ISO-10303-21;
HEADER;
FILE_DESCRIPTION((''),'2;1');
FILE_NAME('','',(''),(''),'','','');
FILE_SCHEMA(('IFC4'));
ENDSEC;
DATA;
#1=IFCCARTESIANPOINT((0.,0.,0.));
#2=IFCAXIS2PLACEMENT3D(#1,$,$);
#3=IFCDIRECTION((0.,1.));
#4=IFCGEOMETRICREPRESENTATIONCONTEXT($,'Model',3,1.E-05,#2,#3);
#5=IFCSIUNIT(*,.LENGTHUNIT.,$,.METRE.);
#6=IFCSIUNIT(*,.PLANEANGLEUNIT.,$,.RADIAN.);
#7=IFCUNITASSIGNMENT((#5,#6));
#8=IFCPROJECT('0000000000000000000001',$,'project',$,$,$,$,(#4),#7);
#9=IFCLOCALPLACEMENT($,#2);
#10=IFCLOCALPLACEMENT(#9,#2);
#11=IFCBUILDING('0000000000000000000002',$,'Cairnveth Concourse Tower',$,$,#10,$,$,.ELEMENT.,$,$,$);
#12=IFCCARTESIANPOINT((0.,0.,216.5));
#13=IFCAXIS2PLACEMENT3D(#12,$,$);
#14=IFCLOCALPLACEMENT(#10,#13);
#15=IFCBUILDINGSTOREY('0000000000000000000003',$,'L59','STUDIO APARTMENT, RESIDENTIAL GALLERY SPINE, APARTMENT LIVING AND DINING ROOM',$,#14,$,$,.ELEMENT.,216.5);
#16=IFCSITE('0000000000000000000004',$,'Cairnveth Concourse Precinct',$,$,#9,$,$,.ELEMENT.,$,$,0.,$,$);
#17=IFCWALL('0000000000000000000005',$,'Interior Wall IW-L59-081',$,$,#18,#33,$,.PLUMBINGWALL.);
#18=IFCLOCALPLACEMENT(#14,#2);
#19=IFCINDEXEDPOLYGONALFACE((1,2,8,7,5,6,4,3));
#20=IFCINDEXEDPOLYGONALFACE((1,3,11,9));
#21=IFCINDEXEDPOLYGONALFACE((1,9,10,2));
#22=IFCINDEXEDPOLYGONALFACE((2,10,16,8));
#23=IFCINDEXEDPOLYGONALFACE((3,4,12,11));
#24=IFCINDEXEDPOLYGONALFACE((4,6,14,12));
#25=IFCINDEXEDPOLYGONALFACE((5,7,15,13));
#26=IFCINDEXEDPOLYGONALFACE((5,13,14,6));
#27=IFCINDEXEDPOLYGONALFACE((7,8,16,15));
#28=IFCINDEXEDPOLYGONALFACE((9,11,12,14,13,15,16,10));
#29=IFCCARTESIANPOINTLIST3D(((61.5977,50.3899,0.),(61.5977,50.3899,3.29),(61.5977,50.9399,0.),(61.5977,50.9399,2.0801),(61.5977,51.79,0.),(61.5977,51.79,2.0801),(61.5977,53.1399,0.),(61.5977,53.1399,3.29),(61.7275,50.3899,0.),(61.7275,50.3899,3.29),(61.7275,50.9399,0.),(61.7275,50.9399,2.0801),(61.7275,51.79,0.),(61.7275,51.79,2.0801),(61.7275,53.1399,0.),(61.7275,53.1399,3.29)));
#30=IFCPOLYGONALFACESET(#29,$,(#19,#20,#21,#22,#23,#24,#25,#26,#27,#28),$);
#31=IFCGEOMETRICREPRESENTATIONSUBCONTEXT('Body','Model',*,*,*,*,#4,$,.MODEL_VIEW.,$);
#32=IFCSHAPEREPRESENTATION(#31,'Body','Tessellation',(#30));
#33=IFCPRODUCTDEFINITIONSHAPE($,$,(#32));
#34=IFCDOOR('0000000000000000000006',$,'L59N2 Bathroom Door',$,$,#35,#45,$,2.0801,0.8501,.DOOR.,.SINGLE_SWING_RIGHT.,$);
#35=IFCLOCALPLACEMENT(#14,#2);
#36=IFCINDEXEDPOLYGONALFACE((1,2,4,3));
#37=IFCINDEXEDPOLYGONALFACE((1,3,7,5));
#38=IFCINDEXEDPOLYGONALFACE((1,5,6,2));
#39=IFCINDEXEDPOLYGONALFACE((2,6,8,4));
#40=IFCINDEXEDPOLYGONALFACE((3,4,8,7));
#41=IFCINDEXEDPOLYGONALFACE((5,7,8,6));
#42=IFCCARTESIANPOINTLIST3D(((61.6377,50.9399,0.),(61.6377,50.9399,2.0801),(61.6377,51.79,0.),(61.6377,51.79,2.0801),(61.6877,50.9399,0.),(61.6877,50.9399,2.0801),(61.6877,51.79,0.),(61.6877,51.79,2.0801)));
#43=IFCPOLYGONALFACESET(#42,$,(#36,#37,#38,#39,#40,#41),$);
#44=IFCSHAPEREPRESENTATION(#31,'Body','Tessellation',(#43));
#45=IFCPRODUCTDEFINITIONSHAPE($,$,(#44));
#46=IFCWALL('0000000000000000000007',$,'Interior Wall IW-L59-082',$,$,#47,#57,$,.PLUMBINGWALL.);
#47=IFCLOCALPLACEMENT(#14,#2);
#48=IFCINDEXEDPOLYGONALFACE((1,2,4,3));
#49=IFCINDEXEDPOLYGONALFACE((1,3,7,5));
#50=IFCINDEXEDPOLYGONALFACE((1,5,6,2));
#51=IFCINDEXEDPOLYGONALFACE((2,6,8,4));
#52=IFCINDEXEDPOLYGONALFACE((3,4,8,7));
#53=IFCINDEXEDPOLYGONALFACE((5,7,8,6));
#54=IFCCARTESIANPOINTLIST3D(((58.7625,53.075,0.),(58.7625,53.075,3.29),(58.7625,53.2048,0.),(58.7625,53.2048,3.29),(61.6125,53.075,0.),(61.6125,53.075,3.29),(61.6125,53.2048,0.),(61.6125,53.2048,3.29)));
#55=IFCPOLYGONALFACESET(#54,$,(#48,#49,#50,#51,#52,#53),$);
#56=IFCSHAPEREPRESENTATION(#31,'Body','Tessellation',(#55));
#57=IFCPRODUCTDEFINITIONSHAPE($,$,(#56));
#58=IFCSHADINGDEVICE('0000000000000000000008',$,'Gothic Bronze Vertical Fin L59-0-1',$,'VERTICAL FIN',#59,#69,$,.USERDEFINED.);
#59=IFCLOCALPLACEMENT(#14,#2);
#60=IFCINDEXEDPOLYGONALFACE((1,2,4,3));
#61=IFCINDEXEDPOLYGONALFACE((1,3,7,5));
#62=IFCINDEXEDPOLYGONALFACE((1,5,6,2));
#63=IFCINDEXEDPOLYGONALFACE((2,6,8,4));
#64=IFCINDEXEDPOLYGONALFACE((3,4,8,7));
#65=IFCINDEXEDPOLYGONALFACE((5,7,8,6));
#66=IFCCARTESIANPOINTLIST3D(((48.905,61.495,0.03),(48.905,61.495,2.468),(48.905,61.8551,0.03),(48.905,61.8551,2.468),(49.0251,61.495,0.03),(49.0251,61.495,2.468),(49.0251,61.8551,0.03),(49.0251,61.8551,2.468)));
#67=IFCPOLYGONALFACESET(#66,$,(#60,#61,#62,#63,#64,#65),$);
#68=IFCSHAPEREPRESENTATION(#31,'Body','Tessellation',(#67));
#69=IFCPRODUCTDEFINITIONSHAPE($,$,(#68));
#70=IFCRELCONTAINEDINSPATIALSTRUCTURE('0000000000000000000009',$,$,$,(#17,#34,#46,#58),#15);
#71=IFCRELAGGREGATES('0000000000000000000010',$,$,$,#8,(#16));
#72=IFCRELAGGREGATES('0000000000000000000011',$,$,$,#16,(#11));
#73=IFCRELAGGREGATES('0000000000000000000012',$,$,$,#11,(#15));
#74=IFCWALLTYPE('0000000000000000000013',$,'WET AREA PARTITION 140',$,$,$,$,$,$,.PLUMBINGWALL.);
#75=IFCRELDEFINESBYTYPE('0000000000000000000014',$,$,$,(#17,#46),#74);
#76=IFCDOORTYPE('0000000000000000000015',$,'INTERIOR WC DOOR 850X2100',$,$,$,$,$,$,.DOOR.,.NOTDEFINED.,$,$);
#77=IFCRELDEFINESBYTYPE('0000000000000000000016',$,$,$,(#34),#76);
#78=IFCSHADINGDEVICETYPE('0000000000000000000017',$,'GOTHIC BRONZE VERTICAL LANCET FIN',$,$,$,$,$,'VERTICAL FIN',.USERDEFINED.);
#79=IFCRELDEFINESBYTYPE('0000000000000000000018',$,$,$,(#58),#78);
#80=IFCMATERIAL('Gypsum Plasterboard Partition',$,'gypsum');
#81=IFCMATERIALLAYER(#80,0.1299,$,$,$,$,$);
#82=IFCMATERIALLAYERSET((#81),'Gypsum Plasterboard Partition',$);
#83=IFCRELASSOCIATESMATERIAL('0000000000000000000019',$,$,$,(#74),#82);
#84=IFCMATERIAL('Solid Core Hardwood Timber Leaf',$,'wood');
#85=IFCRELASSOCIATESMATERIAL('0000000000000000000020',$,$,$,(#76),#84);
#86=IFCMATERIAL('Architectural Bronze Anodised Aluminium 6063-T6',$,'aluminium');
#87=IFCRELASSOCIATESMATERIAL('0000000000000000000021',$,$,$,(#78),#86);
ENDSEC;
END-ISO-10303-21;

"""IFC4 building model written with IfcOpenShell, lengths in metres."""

from ifc_helpers import new_model, si_unit, direction, frame, frame_2d, origin, origin_2d, place, context, subcontext, project, spatial, rectangle, extrude, material, layer, layer_set, type_object, element, fill, save


model = new_model("IFC4")

# Units and contexts
model_context = context("Model", 3, precision=1e-05, world=origin(), true_north=direction((0.0, 1.0)))
body_context = subcontext(model_context, "Body", "Model", "MODEL_VIEW")
ifc_project = project(units=[si_unit("LENGTHUNIT", "METRE"), si_unit("PLANEANGLEUNIT", "RADIAN")], contexts=[model_context])

# Site, building, storey
site_placement = place(None, origin())
site = spatial("IfcSite", under=ifc_project, at=site_placement, Name="Cairnveth Concourse Precinct", CompositionType="ELEMENT", RefElevation=0.0)
building_placement = place(site_placement, origin())
building = spatial("IfcBuilding", under=site, at=building_placement, Name="Cairnveth Concourse Tower", CompositionType="ELEMENT")
storey_placement = place(building_placement, frame((0.0, 0.0, 216.5)))
storey = spatial("IfcBuildingStorey", under=building, at=storey_placement, Name="L59", Description="STUDIO APARTMENT, RESIDENTIAL GALLERY SPINE, APARTMENT LIVING AND DINING ROOM", CompositionType="ELEMENT", Elevation=216.5)

# Shared definitions
ifc_material_1 = material(Name="Gypsum Plasterboard Partition", Category="gypsum")

# Shared definitions
ifc_material_2 = material(Name="Solid Core Hardwood Timber Leaf", Category="wood")

# Shared definitions
ifc_layer_1 = layer(ifc_material_1, 0.1299)
ifc_layer_set_1 = layer_set([ifc_layer_1], Name="Gypsum Plasterboard Partition")
wall_type_1 = type_object("IfcWallType", Name="WET AREA PARTITION 140", PredefinedType="PLUMBINGWALL", material=ifc_layer_set_1)

# Wall, opening, door
wall_1_placement = place(storey_placement, frame((61.6626, 50.3899, 0.0), z_axis=(0.0, 0.0, 1.0), x_axis=(0.0, 1.0, 0.0)))
wall_1 = element("IfcWall", 1, at=wall_1_placement, inside=storey, type_object=wall_type_1, Name="Interior Wall IW-L59-081", PredefinedType="PLUMBINGWALL", context=body_context, shape_type="SweptSolid", body=[
    extrude(rectangle(XDim=2.75, YDim=0.1299, at=frame_2d((1.375, 0.0))), origin(), (0.0, 0.0, 1.0), 3.29),
])
opening_1_placement = place(wall_1_placement, frame((0.55, 0.0, 0.0)))
opening_1 = element("IfcOpeningElement", 2, at=opening_1_placement, cuts=wall_1, PredefinedType="OPENING", context=body_context, shape_type="SweptSolid", body=[
    extrude(rectangle(XDim=0.8501, YDim=2.0801, at=frame_2d((0.425, 1.04))), frame((0.0, 0.075, 0.0), z_axis=(0.0, -1.0, 0.0), x_axis=(1.0, 0.0, 0.0)), (0.0, 0.0, 1.0), 0.1499),
])
door_type_1 = type_object("IfcDoorType", Name="INTERIOR WC DOOR 850X2100", OperationType="NOTDEFINED", PredefinedType="DOOR", material=ifc_material_2)
door_1_placement = place(opening_1_placement, origin())
door_1 = element("IfcDoor", 3, at=door_1_placement, inside=storey, type_object=door_type_1, Name="L59N2 Bathroom Door", OperationType="SINGLE_SWING_RIGHT", OverallHeight=2.0801, OverallWidth=0.8501, PredefinedType="DOOR", context=body_context, shape_type="SweptSolid", body=[
    extrude(rectangle(XDim=0.8501, YDim=2.0801, at=frame_2d((0.425, 1.04))), frame((0.0, 0.0249, 0.0), z_axis=(0.0, -1.0, 0.0), x_axis=(1.0, 0.0, 0.0)), (0.0, 0.0, 1.0), 0.05),
])
fill(opening_1, door_1)

# Wall
wall_2_placement = place(storey_placement, frame((58.7625, 53.1399, 0.0), z_axis=(0.0, 0.0, 1.0), x_axis=(1.0, 0.0, 0.0)))
element("IfcWall", 4, at=wall_2_placement, inside=storey, type_object=wall_type_1, Name="Interior Wall IW-L59-082", PredefinedType="PLUMBINGWALL", context=body_context, shape_type="SweptSolid", body=[
    extrude(rectangle(XDim=2.8501, YDim=0.1299, at=frame_2d((1.425, 0.0))), origin(), (0.0, 0.0, 1.0), 3.29),
])

# Shading device
ifc_material_3 = material(Name="Architectural Bronze Anodised Aluminium 6063-T6", Category="aluminium")
shading_device_type = type_object("IfcShadingDeviceType", Name="GOTHIC BRONZE VERTICAL LANCET FIN", ElementType="VERTICAL FIN", PredefinedType="USERDEFINED", material=ifc_material_3)
shading_device_placement = place(storey_placement, frame((48.9651, 61.675, 0.03), z_axis=(0.0, 0.0, 1.0), x_axis=(1.0, 0.0, 0.0)))
element("IfcShadingDevice", 5, at=shading_device_placement, inside=storey, type_object=shading_device_type, Name="Gothic Bronze Vertical Fin L59-0-1", ObjectType="VERTICAL FIN", PredefinedType="USERDEFINED", context=body_context, shape_type="SweptSolid", body=[
    extrude(rectangle(XDim=0.1201, YDim=0.3601, at=origin_2d()), origin(), (0.0, 0.0, 1.0), 2.438),
])

save(model, "model.ifc")
